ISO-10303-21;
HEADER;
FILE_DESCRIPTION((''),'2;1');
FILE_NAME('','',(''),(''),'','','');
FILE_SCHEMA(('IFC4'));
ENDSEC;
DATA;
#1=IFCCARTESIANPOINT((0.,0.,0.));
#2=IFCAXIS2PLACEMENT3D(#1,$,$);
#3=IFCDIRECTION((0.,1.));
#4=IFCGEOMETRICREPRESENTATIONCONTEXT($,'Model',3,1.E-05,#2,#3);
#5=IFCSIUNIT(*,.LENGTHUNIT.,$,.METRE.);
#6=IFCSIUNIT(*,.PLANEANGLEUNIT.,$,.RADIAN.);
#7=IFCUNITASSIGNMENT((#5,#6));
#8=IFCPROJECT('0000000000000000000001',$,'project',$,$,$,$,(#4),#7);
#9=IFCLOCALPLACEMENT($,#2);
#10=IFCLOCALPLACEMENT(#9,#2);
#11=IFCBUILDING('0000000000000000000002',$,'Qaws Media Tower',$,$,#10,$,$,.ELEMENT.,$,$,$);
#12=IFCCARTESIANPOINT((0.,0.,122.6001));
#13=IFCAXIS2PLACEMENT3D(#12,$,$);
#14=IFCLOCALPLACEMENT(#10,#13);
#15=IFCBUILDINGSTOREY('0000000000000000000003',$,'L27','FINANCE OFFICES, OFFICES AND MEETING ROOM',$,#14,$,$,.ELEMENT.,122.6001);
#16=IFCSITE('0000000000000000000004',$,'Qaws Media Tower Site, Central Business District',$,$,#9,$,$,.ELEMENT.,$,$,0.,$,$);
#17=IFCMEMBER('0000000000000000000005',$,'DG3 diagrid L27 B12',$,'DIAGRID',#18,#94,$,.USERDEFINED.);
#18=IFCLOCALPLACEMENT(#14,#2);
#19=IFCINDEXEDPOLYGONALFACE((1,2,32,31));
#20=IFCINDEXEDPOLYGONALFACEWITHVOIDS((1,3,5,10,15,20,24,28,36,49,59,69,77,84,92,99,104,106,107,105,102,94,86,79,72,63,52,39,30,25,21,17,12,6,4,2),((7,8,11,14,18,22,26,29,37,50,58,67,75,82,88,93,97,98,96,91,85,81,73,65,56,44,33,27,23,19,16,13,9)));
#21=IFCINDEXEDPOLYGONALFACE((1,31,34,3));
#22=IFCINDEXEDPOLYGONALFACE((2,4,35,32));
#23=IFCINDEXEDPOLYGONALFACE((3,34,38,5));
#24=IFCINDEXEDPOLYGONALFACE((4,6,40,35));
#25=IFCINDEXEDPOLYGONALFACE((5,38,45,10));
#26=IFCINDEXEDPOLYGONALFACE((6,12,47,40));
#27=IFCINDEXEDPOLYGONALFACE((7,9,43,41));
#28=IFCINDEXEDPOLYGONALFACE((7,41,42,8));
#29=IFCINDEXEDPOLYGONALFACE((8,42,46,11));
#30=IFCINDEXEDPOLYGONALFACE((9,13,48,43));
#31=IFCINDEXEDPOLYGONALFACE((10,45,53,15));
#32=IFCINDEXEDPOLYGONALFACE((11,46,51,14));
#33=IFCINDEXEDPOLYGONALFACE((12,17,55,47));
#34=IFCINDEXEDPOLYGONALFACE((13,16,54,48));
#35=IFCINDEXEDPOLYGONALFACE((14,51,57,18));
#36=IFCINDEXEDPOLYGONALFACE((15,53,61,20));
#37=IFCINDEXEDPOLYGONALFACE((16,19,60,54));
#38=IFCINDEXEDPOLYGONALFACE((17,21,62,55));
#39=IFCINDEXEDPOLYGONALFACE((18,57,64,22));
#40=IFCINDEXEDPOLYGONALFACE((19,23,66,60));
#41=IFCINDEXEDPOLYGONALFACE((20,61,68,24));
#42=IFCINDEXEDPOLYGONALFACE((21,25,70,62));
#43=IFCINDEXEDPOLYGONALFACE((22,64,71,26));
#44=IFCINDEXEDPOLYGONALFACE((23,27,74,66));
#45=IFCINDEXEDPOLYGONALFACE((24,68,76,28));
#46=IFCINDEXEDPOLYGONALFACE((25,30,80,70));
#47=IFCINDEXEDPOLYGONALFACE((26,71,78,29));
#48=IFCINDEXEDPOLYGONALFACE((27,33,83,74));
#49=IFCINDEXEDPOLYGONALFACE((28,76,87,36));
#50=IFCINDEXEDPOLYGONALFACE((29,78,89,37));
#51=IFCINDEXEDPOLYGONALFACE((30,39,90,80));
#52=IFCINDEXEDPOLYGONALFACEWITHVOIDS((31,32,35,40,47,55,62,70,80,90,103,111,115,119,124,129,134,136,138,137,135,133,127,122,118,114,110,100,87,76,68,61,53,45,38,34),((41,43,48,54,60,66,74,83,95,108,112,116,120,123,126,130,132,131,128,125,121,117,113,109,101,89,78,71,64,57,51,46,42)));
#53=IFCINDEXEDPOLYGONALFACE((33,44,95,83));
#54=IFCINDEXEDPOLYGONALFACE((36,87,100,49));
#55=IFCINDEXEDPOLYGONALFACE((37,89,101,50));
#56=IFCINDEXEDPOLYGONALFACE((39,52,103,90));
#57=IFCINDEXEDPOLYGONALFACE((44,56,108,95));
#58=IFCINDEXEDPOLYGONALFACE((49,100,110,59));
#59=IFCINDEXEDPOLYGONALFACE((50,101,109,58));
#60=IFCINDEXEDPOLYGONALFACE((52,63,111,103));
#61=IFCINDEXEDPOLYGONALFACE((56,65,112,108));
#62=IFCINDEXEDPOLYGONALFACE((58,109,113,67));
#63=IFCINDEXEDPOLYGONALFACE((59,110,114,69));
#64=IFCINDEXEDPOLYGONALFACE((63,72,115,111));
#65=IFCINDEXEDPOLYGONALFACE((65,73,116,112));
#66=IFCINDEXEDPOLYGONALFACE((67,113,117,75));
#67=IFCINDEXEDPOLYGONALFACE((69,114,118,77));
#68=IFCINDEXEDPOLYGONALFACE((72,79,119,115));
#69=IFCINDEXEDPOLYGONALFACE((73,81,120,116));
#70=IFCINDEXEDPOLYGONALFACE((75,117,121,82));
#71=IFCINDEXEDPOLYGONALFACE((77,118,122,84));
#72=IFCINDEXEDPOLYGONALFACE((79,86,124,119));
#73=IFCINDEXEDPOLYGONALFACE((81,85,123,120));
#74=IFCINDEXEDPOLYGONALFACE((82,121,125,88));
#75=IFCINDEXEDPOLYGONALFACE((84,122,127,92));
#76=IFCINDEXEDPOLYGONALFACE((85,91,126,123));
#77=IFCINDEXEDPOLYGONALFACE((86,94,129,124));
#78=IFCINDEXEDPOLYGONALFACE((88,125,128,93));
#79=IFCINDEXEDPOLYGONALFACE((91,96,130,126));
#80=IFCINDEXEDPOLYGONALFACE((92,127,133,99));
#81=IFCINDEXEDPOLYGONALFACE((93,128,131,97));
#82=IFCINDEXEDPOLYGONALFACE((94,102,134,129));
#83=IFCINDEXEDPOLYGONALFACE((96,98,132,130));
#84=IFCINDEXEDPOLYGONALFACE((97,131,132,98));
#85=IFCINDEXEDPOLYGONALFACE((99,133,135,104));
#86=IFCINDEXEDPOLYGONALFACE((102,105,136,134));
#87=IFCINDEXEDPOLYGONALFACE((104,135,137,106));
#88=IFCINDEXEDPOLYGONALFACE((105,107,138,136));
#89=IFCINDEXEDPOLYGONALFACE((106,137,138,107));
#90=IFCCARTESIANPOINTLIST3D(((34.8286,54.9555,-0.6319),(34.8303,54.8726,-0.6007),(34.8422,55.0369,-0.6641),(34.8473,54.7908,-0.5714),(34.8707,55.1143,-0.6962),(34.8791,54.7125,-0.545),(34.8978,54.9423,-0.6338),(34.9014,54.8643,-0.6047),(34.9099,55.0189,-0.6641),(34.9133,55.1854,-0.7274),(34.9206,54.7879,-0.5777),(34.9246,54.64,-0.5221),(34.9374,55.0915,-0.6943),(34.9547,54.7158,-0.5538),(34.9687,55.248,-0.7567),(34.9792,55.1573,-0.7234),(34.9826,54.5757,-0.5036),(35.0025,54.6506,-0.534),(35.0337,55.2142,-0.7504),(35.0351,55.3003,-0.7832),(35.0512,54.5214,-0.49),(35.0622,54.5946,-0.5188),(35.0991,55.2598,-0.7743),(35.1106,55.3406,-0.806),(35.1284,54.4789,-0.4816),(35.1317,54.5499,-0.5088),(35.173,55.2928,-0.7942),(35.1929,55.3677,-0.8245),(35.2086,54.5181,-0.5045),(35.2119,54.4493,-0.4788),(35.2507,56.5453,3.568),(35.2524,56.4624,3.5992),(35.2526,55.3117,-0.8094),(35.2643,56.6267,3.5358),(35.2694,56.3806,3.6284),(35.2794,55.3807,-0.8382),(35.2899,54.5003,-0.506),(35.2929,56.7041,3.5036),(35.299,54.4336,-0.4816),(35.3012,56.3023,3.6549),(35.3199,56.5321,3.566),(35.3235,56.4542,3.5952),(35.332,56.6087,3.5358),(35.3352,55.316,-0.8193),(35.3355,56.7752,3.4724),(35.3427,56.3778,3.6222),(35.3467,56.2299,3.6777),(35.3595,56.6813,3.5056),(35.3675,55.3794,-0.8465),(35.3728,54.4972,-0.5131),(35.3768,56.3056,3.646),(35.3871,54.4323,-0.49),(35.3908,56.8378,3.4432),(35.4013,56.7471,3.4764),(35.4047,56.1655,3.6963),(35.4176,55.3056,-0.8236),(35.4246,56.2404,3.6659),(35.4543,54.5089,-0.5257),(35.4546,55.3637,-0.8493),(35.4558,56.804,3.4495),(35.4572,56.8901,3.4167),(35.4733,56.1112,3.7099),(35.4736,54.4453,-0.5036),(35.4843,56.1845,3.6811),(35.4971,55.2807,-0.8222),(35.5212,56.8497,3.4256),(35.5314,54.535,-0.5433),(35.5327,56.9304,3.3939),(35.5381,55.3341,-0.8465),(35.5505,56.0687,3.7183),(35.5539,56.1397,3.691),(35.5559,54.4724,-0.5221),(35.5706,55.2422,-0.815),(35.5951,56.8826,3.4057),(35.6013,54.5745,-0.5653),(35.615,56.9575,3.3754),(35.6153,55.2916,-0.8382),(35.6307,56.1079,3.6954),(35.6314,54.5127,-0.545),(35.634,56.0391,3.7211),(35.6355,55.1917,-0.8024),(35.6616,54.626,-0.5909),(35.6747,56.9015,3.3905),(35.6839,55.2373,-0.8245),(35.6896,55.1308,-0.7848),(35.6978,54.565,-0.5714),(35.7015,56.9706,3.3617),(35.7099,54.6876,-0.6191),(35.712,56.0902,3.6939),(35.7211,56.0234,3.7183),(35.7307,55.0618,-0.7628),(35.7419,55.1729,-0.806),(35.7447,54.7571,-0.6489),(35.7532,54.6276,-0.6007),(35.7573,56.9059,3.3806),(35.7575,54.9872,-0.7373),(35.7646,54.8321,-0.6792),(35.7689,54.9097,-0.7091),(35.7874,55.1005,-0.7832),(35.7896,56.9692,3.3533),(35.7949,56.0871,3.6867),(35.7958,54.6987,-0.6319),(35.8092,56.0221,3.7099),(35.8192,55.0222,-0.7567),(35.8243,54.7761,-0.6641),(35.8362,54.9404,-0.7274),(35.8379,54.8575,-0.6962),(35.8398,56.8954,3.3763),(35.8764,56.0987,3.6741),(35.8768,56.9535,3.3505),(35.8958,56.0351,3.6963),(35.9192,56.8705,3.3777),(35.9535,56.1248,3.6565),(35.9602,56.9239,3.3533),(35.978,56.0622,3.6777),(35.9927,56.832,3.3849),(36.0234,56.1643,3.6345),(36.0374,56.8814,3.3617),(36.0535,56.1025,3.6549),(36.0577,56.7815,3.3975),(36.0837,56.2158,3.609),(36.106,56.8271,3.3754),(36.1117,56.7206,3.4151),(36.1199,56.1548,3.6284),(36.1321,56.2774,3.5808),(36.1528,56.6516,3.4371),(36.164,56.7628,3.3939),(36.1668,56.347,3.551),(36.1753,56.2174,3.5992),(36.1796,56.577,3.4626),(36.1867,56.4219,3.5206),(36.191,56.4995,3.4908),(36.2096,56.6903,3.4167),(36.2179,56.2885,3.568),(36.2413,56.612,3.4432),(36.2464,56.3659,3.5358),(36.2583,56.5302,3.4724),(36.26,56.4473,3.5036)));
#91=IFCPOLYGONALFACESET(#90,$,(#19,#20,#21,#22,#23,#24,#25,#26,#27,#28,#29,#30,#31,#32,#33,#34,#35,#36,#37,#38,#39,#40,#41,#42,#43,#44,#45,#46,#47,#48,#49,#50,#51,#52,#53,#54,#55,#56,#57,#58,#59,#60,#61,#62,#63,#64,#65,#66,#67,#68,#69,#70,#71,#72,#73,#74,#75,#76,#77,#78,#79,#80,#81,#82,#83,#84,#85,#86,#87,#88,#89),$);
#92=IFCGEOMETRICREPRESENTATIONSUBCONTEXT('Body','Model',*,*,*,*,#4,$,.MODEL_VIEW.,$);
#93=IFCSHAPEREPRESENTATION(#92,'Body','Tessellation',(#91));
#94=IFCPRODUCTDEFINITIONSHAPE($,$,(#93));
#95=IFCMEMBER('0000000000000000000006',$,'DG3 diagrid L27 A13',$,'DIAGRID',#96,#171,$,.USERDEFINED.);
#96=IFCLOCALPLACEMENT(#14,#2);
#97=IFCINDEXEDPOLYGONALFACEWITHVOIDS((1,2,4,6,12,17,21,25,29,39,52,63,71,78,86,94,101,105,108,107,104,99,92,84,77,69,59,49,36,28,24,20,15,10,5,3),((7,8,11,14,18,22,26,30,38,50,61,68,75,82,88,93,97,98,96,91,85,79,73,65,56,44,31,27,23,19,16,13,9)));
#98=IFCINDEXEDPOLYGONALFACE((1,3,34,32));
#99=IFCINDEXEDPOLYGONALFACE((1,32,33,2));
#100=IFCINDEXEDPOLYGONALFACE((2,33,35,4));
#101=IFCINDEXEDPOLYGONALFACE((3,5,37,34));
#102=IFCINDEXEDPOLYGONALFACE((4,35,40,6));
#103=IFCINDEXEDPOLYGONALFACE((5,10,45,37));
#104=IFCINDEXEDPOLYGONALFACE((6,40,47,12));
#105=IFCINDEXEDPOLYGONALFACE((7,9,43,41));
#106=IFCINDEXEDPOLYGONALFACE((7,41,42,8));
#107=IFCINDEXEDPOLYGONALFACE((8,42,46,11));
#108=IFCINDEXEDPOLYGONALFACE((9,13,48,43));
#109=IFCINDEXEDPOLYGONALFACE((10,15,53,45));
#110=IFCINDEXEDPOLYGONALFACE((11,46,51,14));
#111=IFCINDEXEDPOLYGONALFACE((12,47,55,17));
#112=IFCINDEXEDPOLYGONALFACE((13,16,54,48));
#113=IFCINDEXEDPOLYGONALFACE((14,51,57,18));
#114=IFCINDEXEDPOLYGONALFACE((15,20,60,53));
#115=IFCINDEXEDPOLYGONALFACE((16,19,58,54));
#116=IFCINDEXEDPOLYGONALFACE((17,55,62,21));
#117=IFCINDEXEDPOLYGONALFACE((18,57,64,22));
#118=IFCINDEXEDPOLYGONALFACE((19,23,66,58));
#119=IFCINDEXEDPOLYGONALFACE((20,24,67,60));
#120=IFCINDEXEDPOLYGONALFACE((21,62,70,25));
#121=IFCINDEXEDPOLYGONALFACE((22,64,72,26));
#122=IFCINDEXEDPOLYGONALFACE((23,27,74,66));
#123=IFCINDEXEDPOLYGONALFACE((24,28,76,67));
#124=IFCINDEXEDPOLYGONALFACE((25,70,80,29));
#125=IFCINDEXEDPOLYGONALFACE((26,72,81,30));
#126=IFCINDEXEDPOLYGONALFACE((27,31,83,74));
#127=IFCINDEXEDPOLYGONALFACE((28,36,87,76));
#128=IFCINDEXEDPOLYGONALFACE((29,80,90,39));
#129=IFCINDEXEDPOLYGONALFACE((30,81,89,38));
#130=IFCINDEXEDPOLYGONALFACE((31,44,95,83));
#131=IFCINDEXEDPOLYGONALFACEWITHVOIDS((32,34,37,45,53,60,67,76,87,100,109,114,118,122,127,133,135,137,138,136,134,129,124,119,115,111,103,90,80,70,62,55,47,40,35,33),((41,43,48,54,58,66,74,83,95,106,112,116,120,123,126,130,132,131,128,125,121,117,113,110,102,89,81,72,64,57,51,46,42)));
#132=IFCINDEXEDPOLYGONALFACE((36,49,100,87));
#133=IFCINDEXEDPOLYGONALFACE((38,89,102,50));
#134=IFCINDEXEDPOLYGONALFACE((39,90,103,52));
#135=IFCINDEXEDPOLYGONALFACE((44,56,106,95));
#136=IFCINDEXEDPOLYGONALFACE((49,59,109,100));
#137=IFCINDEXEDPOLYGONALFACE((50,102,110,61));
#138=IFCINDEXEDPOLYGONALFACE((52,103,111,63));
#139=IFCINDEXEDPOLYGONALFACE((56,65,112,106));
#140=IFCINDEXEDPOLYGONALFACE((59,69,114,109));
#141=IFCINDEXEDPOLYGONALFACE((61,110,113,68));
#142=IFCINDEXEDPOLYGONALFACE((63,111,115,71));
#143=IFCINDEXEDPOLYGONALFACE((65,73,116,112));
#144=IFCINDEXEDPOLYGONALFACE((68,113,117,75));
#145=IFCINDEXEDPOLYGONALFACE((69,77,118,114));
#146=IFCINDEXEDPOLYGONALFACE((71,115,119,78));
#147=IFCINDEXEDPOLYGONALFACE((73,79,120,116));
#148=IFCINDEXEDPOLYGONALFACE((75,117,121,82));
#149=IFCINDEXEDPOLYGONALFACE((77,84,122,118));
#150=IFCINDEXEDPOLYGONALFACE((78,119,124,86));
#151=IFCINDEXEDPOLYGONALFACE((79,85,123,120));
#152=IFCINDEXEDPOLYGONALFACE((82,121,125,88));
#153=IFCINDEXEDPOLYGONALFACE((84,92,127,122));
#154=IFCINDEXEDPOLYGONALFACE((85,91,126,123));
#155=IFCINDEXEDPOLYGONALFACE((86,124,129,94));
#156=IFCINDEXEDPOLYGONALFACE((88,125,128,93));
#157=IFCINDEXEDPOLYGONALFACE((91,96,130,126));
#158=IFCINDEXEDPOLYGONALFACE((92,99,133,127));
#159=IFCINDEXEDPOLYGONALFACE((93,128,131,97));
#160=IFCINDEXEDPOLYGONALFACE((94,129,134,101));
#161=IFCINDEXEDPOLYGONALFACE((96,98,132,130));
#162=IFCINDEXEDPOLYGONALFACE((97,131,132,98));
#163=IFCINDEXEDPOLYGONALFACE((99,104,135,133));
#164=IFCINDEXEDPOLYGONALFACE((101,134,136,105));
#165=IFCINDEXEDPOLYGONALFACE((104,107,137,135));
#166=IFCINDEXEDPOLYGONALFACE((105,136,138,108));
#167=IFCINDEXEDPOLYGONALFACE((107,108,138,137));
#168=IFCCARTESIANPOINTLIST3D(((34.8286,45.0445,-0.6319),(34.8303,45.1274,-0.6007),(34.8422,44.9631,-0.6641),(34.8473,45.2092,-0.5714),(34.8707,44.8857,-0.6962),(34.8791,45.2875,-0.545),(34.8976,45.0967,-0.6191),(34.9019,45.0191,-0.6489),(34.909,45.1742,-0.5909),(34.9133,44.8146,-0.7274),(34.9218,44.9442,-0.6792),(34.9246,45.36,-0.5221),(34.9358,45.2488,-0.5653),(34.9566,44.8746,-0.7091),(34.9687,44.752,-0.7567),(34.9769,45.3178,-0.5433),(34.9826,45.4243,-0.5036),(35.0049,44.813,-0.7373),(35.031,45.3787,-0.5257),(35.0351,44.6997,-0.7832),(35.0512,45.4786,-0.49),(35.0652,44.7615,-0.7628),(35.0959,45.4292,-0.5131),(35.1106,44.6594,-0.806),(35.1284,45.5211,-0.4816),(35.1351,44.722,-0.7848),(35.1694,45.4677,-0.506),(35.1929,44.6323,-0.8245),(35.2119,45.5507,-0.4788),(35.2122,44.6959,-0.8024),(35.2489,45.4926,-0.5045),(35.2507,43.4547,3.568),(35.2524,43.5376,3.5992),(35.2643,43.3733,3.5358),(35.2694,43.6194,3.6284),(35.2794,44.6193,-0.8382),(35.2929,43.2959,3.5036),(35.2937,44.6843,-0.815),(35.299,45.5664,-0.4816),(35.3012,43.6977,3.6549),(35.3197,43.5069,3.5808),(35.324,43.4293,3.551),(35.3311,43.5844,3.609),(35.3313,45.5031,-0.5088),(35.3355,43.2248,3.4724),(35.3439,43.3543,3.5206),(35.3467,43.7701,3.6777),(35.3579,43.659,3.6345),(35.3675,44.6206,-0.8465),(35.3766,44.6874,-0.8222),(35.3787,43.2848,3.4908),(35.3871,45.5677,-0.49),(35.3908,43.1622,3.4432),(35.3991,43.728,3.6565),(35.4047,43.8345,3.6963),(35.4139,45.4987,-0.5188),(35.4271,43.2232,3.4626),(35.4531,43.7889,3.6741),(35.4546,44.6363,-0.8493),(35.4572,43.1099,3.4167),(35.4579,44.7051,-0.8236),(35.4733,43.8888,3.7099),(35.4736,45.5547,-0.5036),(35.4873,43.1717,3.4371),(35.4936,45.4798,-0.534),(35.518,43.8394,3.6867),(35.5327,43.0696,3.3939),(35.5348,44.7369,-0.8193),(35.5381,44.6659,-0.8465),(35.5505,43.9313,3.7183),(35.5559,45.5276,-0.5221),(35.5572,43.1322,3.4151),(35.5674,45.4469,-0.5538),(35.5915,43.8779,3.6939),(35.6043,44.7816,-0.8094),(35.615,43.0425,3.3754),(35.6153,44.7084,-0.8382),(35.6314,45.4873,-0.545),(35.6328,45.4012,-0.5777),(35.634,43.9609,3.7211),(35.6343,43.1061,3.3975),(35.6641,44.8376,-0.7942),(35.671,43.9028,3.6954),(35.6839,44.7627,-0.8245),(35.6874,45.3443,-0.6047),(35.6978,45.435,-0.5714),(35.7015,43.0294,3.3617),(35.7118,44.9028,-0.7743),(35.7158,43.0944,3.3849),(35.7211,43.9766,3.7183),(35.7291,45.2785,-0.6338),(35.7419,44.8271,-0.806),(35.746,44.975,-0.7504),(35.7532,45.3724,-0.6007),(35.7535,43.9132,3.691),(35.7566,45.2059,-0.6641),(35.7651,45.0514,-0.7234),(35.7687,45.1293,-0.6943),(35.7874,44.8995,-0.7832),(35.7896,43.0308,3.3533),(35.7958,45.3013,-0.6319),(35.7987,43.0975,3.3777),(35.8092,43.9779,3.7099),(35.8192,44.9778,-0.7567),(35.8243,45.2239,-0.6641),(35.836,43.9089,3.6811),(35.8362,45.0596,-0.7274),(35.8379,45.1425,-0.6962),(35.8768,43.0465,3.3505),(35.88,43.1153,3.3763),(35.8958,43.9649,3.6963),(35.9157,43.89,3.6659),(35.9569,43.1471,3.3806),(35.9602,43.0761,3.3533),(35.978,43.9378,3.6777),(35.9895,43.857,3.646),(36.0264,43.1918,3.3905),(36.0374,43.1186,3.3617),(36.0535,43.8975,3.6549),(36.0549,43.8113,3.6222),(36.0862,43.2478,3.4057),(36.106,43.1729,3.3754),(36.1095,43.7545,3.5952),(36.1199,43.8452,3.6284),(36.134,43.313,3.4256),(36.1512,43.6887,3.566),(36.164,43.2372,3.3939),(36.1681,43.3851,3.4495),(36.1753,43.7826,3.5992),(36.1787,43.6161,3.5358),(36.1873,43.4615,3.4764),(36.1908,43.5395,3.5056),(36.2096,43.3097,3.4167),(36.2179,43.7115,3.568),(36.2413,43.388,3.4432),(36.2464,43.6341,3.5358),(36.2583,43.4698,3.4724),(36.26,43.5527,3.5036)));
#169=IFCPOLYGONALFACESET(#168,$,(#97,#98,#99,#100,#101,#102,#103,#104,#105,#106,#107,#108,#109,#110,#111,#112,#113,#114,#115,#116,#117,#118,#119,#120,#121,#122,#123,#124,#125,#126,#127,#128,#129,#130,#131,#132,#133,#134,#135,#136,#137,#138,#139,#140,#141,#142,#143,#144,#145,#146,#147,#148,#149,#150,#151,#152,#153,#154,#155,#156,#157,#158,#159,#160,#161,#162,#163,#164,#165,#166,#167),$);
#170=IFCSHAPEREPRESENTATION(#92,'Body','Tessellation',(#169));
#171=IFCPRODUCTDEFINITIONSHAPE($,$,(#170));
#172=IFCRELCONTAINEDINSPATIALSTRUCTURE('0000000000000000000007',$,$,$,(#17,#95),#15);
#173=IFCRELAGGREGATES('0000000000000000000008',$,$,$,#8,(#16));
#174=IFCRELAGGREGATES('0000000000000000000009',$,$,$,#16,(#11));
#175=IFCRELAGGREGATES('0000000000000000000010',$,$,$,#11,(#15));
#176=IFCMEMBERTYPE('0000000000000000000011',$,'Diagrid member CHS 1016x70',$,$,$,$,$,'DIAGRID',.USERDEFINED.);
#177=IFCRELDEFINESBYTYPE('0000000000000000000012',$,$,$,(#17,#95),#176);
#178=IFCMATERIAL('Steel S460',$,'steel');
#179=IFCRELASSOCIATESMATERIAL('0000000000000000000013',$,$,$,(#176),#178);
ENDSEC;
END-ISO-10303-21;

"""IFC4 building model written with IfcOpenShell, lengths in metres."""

from ifc_helpers import new_model, si_unit, direction, frame, origin, origin_2d, place, context, subcontext, project, spatial, hollow_circle, extrude, material, material_profile, profile_set, type_object, element, save


model = new_model("IFC4")

# Units and contexts
model_context = context("Model", 3, precision=1e-05, world=origin(), true_north=direction((0.0, 1.0)))
body_context = subcontext(model_context, "Body", "Model", "MODEL_VIEW")
ifc_project = project(units=[si_unit("LENGTHUNIT", "METRE"), si_unit("PLANEANGLEUNIT", "RADIAN")], contexts=[model_context])

# Site, building, storey
site_placement = place(None, origin())
site = spatial("IfcSite", under=ifc_project, at=site_placement, Name="Qaws Media Tower Site, Central Business District", CompositionType="ELEMENT", RefElevation=0.0)
building_placement = place(site_placement, origin())
building = spatial("IfcBuilding", under=site, at=building_placement, Name="Qaws Media Tower", CompositionType="ELEMENT")
storey_placement = place(building_placement, frame((0.0, 0.0, 122.6001)))
storey = spatial("IfcBuildingStorey", under=building, at=storey_placement, Name="L27", Description="FINANCE OFFICES, OFFICES AND MEETING ROOM", CompositionType="ELEMENT", Elevation=122.6001)

# Members
ifc_material_1 = material(Name="Steel S460", Category="steel")
ifc_material_profile_1 = material_profile(ifc_material_1, hollow_circle(Radius=0.5081, WallThickness=0.0701, at=origin_2d()), Name="CHS 1016x70")
ifc_profile_set_1 = profile_set([ifc_material_profile_1], Name="Steel S460")
member_type_1 = type_object("IfcMemberType", Name="Diagrid member CHS 1016x70", ElementType="DIAGRID", PredefinedType="USERDEFINED", material=ifc_profile_set_1)
for number, where, z_axis, x_axis, name in (
    (1, (35.3333, 54.9065, -0.6641), (0.093584, 0.35247, 0.931132), (-0.966513, 0.256619, 0.0), "DG3 diagrid L27 B12"),
    (2, (35.3333, 45.0935, -0.6641), (0.093584, -0.35247, 0.931132), (0.966513, 0.256619, 0.0), "DG3 diagrid L27 A13"),
):
    element("IfcMember", number, at=place(storey_placement, frame(where, z_axis=z_axis, x_axis=x_axis)), inside=storey, type_object=member_type_1, Name=name, ObjectType="DIAGRID", PredefinedType="USERDEFINED", context=body_context, shape_type="SweptSolid", body=[
        extrude(hollow_circle(Radius=0.5081, WallThickness=0.0701, at=origin_2d()), origin(), (0.0, 0.0, 1.0), 4.5105),
    ])

save(model, "model.ifc")
